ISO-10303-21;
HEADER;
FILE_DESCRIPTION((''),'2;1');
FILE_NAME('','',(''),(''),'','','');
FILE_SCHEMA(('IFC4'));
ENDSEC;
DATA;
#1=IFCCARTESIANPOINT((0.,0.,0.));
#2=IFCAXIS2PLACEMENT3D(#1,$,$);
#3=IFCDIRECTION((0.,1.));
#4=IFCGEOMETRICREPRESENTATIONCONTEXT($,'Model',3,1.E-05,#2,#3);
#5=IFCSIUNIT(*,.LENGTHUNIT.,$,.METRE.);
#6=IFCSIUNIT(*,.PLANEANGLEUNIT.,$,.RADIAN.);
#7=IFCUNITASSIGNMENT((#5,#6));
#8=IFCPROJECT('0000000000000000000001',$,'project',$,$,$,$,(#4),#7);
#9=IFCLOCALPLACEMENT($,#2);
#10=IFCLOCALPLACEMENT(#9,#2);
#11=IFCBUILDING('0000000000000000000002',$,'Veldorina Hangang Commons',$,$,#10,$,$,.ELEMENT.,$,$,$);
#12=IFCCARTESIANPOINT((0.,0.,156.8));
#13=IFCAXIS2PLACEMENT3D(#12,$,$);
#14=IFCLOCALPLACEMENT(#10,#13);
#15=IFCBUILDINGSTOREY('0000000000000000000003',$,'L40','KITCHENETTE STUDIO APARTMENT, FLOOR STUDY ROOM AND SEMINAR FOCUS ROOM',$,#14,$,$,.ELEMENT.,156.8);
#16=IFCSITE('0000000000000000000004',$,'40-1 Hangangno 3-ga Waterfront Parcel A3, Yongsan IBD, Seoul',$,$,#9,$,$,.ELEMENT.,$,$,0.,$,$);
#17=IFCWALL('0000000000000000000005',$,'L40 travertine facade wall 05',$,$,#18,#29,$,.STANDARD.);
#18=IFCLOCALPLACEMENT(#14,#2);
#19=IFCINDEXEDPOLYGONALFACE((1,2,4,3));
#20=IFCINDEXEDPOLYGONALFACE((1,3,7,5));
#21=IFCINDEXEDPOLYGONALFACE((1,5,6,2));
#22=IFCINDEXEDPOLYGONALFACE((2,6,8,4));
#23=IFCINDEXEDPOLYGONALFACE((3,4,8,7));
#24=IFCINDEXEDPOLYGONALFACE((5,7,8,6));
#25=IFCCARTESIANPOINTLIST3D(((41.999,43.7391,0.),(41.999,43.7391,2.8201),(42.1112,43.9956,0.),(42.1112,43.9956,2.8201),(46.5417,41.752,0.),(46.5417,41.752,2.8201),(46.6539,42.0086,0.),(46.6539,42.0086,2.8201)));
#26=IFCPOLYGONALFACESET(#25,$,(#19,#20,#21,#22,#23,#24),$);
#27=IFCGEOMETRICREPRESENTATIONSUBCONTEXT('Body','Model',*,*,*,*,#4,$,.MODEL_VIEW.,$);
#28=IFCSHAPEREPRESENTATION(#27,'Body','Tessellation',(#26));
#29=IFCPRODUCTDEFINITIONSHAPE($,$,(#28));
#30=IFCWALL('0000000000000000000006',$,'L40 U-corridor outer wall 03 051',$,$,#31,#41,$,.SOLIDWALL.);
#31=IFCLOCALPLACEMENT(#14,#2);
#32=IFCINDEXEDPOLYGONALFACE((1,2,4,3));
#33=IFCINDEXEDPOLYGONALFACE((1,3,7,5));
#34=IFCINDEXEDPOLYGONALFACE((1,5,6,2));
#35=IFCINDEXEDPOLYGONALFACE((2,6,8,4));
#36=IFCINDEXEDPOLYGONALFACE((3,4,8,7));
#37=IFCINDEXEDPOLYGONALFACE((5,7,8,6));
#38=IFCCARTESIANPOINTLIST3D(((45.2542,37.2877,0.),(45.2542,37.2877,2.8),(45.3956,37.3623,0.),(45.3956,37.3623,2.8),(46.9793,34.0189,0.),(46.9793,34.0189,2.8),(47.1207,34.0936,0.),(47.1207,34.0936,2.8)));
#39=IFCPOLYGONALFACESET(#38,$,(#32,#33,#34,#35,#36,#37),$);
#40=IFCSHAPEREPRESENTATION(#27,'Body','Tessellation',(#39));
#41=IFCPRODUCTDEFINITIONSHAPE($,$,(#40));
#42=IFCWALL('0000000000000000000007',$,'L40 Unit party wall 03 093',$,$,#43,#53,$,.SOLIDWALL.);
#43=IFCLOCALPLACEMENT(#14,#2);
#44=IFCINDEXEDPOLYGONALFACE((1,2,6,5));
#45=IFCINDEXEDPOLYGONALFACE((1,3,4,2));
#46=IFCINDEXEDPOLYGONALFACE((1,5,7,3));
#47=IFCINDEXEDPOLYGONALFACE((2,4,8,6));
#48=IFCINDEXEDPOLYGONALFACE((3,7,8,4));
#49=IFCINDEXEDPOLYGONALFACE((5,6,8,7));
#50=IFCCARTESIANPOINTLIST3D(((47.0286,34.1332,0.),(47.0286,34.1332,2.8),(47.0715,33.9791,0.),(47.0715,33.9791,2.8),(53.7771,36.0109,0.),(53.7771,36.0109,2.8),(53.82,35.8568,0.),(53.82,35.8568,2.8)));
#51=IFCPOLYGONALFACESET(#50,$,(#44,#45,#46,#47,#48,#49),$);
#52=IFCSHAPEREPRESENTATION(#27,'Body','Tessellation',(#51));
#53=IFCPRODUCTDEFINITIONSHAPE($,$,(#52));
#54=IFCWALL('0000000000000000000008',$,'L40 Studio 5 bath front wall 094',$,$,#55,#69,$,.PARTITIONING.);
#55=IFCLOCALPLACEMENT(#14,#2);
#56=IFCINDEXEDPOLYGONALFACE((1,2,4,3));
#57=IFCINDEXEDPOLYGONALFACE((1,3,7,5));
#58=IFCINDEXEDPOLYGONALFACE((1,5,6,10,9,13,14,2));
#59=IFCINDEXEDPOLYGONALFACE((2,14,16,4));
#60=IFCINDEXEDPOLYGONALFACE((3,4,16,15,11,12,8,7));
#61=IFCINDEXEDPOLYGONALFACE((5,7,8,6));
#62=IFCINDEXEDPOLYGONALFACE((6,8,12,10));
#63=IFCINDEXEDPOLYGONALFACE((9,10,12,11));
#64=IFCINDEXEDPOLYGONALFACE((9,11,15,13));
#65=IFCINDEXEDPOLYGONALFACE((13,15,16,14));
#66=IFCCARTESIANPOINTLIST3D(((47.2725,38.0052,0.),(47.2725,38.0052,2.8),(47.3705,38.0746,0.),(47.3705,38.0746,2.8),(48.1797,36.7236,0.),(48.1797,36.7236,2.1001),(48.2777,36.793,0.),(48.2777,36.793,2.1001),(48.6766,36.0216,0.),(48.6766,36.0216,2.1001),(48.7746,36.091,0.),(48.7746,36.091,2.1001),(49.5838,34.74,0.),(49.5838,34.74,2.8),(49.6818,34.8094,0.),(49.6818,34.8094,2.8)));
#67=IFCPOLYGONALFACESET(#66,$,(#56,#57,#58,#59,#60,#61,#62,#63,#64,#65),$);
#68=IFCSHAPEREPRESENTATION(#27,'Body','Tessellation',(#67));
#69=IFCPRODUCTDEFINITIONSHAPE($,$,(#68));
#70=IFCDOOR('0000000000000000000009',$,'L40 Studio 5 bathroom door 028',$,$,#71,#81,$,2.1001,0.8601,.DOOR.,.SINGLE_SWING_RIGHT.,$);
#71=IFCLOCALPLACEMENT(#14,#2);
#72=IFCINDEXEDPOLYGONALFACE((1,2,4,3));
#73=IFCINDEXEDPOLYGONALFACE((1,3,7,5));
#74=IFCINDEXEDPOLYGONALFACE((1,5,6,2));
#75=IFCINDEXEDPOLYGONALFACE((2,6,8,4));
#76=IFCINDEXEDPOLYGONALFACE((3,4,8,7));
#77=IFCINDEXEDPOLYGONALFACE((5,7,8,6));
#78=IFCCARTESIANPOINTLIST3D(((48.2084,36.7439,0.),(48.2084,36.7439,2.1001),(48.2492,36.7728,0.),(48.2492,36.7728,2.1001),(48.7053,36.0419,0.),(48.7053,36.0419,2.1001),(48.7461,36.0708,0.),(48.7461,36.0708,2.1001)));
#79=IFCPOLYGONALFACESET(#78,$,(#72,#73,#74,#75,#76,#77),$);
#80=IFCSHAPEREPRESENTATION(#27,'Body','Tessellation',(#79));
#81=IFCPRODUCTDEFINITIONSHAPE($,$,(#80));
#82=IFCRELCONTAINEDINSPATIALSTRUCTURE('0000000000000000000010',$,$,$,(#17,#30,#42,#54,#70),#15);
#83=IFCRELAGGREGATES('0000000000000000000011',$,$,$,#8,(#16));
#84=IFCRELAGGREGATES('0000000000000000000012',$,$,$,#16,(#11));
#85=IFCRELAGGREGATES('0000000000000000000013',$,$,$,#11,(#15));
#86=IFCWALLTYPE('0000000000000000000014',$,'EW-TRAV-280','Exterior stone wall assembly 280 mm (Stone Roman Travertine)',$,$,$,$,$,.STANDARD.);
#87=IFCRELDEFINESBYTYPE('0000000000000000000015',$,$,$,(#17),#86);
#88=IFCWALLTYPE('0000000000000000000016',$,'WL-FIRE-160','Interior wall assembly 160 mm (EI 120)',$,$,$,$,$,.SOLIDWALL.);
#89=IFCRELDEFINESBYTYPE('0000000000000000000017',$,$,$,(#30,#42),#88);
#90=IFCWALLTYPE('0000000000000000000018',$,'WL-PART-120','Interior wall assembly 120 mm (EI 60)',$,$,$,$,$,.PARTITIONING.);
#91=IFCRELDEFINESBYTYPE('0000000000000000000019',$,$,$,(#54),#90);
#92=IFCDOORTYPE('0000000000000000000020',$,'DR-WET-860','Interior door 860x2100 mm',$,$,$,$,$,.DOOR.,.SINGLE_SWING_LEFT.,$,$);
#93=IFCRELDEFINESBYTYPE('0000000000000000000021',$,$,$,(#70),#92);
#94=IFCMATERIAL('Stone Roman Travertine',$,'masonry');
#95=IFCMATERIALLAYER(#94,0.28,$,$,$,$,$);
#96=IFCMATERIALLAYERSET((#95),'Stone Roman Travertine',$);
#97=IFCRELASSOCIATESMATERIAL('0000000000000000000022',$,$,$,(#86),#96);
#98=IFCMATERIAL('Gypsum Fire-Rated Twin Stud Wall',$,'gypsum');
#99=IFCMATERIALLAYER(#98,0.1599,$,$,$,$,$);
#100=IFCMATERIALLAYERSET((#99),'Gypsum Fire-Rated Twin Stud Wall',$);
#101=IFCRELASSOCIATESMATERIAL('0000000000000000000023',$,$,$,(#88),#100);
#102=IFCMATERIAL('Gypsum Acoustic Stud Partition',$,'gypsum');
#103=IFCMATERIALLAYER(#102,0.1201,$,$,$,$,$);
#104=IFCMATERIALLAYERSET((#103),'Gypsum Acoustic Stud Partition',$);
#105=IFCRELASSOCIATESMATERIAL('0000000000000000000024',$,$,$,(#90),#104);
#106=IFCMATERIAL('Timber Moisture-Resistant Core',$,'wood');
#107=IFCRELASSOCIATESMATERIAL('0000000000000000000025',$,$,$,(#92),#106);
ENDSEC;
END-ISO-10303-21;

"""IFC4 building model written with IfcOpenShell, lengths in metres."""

from ifc_helpers import new_model, si_unit, direction, frame, frame_2d, origin, place, context, subcontext, project, spatial, rectangle, extrude, material, layer, layer_set, type_object, element, fill, save


model = new_model("IFC4")

# Units and contexts
model_context = context("Model", 3, precision=1e-05, world=origin(), true_north=direction((0.0, 1.0)))
body_context = subcontext(model_context, "Body", "Model", "MODEL_VIEW")
ifc_project = project(units=[si_unit("LENGTHUNIT", "METRE"), si_unit("PLANEANGLEUNIT", "RADIAN")], contexts=[model_context])

# Site, building, storey
site_placement = place(None, origin())
site = spatial("IfcSite", under=ifc_project, at=site_placement, Name="40-1 Hangangno 3-ga Waterfront Parcel A3, Yongsan IBD, Seoul", CompositionType="ELEMENT", RefElevation=0.0)
building_placement = place(site_placement, origin())
building = spatial("IfcBuilding", under=site, at=building_placement, Name="Veldorina Hangang Commons", CompositionType="ELEMENT")
storey_placement = place(building_placement, frame((0.0, 0.0, 156.8)))
storey = spatial("IfcBuildingStorey", under=building, at=storey_placement, Name="L40", Description="KITCHENETTE STUDIO APARTMENT, FLOOR STUDY ROOM AND SEMINAR FOCUS ROOM", CompositionType="ELEMENT", Elevation=156.8)

# Shared definitions
ifc_material_1 = material(Name="Stone Roman Travertine", Category="masonry")
ifc_layer_1 = layer(ifc_material_1, 0.28)
ifc_layer_set_1 = layer_set([ifc_layer_1], Name="Stone Roman Travertine")
wall_type_1 = type_object("IfcWallType", Name="EW-TRAV-280", Description="Exterior stone wall assembly 280 mm (Stone Roman Travertine)", PredefinedType="STANDARD", material=ifc_layer_set_1)

# Walls
wall_1_placement = place(storey_placement, frame((46.5977, 41.8804, 0.0), z_axis=(0.0, 0.0, 1.0), x_axis=(-0.916186, 0.400754, 0.0)))
element("IfcWall", 1, at=wall_1_placement, inside=storey, type_object=wall_type_1, Name="L40 travertine facade wall 05", PredefinedType="STANDARD", context=body_context, shape_type="SweptSolid", body=[
    extrude(rectangle(XDim=4.9583, YDim=0.28, at=frame_2d((2.479, 0.0))), origin(), (0.0, 0.0, 1.0), 2.8201),
])
ifc_material_2 = material(Name="Gypsum Fire-Rated Twin Stud Wall", Category="gypsum")
ifc_layer_2 = layer(ifc_material_2, 0.1599)
ifc_layer_set_2 = layer_set([ifc_layer_2], Name="Gypsum Fire-Rated Twin Stud Wall")
wall_type_2 = type_object("IfcWallType", Name="WL-FIRE-160", Description="Interior wall assembly 160 mm (EI 120)", PredefinedType="SOLIDWALL", material=ifc_layer_set_2)
wall_2_placement = place(storey_placement, frame((47.05, 34.0562, 0.0), z_axis=(0.0, 0.0, 1.0), x_axis=(-0.466737, 0.884396, 0.0)))
element("IfcWall", 2, at=wall_2_placement, inside=storey, type_object=wall_type_2, Name="L40 U-corridor outer wall 03 051", PredefinedType="SOLIDWALL", context=body_context, shape_type="SweptSolid", body=[
    extrude(rectangle(XDim=3.696, YDim=0.1599, at=frame_2d((1.8481, 0.0))), origin(), (0.0, 0.0, 1.0), 2.8),
])
wall_3_placement = place(storey_placement, frame((47.05, 34.0562, 0.0), z_axis=(0.0, 0.0, 1.0), x_axis=(0.963404, 0.268054, 0.0)))
element("IfcWall", 3, at=wall_3_placement, inside=storey, type_object=wall_type_2, Name="L40 Unit party wall 03 093", PredefinedType="SOLIDWALL", context=body_context, shape_type="SweptSolid", body=[
    extrude(rectangle(XDim=7.0049, YDim=0.1599, at=frame_2d((3.5024, 0.0))), origin(), (0.0, 0.0, 1.0), 2.8),
])

# Wall, opening, door
ifc_material_3 = material(Name="Gypsum Acoustic Stud Partition", Category="gypsum")
ifc_layer_3 = layer(ifc_material_3, 0.1201)
ifc_layer_set_3 = layer_set([ifc_layer_3], Name="Gypsum Acoustic Stud Partition")
wall_type_3 = type_object("IfcWallType", Name="WL-PART-120", Description="Interior wall assembly 120 mm (EI 60)", PredefinedType="PARTITIONING", material=ifc_layer_set_3)
wall_4_placement = place(storey_placement, frame((49.6328, 34.7747, 0.0), z_axis=(0.0, 0.0, 1.0), x_axis=(-0.577763, 0.816204, 0.0)))
wall_4 = element("IfcWall", 4, at=wall_4_placement, inside=storey, type_object=wall_type_3, Name="L40 Studio 5 bath front wall 094", PredefinedType="PARTITIONING", context=body_context, shape_type="SweptSolid", body=[
    extrude(rectangle(XDim=4.0005, YDim=0.1201, at=frame_2d((2.0002, 0.0))), origin(), (0.0, 0.0, 1.0), 2.8),
])
opening_1_placement = place(wall_4_placement, frame((1.5701, 0.0, 0.0)))
opening_1 = element("IfcOpeningElement", 5, at=opening_1_placement, cuts=wall_4, PredefinedType="OPENING", context=body_context, shape_type="SweptSolid", body=[
    extrude(rectangle(XDim=0.8601, YDim=2.1001, at=frame_2d((0.4302, 1.05))), frame((0.0, 0.0701, 0.0), z_axis=(0.0, -1.0, 0.0), x_axis=(1.0, 0.0, 0.0)), (0.0, 0.0, 1.0), 0.1401),
])
ifc_material_4 = material(Name="Timber Moisture-Resistant Core", Category="wood")
door_type = type_object("IfcDoorType", Name="DR-WET-860", Description="Interior door 860x2100 mm", OperationType="SINGLE_SWING_LEFT", PredefinedType="DOOR", material=ifc_material_4)
door_placement = place(opening_1_placement, origin())
door = element("IfcDoor", 6, at=door_placement, inside=storey, type_object=door_type, Name="L40 Studio 5 bathroom door 028", OperationType="SINGLE_SWING_RIGHT", OverallHeight=2.1001, OverallWidth=0.8601, PredefinedType="DOOR", context=body_context, shape_type="SweptSolid", body=[
    extrude(rectangle(XDim=0.8601, YDim=2.1001, at=frame_2d((0.4302, 1.05))), frame((0.0, 0.0249, 0.0), z_axis=(0.0, -1.0, 0.0), x_axis=(1.0, 0.0, 0.0)), (0.0, 0.0, 1.0), 0.05),
])
fill(opening_1, door)

save(model, "model.ifc")
